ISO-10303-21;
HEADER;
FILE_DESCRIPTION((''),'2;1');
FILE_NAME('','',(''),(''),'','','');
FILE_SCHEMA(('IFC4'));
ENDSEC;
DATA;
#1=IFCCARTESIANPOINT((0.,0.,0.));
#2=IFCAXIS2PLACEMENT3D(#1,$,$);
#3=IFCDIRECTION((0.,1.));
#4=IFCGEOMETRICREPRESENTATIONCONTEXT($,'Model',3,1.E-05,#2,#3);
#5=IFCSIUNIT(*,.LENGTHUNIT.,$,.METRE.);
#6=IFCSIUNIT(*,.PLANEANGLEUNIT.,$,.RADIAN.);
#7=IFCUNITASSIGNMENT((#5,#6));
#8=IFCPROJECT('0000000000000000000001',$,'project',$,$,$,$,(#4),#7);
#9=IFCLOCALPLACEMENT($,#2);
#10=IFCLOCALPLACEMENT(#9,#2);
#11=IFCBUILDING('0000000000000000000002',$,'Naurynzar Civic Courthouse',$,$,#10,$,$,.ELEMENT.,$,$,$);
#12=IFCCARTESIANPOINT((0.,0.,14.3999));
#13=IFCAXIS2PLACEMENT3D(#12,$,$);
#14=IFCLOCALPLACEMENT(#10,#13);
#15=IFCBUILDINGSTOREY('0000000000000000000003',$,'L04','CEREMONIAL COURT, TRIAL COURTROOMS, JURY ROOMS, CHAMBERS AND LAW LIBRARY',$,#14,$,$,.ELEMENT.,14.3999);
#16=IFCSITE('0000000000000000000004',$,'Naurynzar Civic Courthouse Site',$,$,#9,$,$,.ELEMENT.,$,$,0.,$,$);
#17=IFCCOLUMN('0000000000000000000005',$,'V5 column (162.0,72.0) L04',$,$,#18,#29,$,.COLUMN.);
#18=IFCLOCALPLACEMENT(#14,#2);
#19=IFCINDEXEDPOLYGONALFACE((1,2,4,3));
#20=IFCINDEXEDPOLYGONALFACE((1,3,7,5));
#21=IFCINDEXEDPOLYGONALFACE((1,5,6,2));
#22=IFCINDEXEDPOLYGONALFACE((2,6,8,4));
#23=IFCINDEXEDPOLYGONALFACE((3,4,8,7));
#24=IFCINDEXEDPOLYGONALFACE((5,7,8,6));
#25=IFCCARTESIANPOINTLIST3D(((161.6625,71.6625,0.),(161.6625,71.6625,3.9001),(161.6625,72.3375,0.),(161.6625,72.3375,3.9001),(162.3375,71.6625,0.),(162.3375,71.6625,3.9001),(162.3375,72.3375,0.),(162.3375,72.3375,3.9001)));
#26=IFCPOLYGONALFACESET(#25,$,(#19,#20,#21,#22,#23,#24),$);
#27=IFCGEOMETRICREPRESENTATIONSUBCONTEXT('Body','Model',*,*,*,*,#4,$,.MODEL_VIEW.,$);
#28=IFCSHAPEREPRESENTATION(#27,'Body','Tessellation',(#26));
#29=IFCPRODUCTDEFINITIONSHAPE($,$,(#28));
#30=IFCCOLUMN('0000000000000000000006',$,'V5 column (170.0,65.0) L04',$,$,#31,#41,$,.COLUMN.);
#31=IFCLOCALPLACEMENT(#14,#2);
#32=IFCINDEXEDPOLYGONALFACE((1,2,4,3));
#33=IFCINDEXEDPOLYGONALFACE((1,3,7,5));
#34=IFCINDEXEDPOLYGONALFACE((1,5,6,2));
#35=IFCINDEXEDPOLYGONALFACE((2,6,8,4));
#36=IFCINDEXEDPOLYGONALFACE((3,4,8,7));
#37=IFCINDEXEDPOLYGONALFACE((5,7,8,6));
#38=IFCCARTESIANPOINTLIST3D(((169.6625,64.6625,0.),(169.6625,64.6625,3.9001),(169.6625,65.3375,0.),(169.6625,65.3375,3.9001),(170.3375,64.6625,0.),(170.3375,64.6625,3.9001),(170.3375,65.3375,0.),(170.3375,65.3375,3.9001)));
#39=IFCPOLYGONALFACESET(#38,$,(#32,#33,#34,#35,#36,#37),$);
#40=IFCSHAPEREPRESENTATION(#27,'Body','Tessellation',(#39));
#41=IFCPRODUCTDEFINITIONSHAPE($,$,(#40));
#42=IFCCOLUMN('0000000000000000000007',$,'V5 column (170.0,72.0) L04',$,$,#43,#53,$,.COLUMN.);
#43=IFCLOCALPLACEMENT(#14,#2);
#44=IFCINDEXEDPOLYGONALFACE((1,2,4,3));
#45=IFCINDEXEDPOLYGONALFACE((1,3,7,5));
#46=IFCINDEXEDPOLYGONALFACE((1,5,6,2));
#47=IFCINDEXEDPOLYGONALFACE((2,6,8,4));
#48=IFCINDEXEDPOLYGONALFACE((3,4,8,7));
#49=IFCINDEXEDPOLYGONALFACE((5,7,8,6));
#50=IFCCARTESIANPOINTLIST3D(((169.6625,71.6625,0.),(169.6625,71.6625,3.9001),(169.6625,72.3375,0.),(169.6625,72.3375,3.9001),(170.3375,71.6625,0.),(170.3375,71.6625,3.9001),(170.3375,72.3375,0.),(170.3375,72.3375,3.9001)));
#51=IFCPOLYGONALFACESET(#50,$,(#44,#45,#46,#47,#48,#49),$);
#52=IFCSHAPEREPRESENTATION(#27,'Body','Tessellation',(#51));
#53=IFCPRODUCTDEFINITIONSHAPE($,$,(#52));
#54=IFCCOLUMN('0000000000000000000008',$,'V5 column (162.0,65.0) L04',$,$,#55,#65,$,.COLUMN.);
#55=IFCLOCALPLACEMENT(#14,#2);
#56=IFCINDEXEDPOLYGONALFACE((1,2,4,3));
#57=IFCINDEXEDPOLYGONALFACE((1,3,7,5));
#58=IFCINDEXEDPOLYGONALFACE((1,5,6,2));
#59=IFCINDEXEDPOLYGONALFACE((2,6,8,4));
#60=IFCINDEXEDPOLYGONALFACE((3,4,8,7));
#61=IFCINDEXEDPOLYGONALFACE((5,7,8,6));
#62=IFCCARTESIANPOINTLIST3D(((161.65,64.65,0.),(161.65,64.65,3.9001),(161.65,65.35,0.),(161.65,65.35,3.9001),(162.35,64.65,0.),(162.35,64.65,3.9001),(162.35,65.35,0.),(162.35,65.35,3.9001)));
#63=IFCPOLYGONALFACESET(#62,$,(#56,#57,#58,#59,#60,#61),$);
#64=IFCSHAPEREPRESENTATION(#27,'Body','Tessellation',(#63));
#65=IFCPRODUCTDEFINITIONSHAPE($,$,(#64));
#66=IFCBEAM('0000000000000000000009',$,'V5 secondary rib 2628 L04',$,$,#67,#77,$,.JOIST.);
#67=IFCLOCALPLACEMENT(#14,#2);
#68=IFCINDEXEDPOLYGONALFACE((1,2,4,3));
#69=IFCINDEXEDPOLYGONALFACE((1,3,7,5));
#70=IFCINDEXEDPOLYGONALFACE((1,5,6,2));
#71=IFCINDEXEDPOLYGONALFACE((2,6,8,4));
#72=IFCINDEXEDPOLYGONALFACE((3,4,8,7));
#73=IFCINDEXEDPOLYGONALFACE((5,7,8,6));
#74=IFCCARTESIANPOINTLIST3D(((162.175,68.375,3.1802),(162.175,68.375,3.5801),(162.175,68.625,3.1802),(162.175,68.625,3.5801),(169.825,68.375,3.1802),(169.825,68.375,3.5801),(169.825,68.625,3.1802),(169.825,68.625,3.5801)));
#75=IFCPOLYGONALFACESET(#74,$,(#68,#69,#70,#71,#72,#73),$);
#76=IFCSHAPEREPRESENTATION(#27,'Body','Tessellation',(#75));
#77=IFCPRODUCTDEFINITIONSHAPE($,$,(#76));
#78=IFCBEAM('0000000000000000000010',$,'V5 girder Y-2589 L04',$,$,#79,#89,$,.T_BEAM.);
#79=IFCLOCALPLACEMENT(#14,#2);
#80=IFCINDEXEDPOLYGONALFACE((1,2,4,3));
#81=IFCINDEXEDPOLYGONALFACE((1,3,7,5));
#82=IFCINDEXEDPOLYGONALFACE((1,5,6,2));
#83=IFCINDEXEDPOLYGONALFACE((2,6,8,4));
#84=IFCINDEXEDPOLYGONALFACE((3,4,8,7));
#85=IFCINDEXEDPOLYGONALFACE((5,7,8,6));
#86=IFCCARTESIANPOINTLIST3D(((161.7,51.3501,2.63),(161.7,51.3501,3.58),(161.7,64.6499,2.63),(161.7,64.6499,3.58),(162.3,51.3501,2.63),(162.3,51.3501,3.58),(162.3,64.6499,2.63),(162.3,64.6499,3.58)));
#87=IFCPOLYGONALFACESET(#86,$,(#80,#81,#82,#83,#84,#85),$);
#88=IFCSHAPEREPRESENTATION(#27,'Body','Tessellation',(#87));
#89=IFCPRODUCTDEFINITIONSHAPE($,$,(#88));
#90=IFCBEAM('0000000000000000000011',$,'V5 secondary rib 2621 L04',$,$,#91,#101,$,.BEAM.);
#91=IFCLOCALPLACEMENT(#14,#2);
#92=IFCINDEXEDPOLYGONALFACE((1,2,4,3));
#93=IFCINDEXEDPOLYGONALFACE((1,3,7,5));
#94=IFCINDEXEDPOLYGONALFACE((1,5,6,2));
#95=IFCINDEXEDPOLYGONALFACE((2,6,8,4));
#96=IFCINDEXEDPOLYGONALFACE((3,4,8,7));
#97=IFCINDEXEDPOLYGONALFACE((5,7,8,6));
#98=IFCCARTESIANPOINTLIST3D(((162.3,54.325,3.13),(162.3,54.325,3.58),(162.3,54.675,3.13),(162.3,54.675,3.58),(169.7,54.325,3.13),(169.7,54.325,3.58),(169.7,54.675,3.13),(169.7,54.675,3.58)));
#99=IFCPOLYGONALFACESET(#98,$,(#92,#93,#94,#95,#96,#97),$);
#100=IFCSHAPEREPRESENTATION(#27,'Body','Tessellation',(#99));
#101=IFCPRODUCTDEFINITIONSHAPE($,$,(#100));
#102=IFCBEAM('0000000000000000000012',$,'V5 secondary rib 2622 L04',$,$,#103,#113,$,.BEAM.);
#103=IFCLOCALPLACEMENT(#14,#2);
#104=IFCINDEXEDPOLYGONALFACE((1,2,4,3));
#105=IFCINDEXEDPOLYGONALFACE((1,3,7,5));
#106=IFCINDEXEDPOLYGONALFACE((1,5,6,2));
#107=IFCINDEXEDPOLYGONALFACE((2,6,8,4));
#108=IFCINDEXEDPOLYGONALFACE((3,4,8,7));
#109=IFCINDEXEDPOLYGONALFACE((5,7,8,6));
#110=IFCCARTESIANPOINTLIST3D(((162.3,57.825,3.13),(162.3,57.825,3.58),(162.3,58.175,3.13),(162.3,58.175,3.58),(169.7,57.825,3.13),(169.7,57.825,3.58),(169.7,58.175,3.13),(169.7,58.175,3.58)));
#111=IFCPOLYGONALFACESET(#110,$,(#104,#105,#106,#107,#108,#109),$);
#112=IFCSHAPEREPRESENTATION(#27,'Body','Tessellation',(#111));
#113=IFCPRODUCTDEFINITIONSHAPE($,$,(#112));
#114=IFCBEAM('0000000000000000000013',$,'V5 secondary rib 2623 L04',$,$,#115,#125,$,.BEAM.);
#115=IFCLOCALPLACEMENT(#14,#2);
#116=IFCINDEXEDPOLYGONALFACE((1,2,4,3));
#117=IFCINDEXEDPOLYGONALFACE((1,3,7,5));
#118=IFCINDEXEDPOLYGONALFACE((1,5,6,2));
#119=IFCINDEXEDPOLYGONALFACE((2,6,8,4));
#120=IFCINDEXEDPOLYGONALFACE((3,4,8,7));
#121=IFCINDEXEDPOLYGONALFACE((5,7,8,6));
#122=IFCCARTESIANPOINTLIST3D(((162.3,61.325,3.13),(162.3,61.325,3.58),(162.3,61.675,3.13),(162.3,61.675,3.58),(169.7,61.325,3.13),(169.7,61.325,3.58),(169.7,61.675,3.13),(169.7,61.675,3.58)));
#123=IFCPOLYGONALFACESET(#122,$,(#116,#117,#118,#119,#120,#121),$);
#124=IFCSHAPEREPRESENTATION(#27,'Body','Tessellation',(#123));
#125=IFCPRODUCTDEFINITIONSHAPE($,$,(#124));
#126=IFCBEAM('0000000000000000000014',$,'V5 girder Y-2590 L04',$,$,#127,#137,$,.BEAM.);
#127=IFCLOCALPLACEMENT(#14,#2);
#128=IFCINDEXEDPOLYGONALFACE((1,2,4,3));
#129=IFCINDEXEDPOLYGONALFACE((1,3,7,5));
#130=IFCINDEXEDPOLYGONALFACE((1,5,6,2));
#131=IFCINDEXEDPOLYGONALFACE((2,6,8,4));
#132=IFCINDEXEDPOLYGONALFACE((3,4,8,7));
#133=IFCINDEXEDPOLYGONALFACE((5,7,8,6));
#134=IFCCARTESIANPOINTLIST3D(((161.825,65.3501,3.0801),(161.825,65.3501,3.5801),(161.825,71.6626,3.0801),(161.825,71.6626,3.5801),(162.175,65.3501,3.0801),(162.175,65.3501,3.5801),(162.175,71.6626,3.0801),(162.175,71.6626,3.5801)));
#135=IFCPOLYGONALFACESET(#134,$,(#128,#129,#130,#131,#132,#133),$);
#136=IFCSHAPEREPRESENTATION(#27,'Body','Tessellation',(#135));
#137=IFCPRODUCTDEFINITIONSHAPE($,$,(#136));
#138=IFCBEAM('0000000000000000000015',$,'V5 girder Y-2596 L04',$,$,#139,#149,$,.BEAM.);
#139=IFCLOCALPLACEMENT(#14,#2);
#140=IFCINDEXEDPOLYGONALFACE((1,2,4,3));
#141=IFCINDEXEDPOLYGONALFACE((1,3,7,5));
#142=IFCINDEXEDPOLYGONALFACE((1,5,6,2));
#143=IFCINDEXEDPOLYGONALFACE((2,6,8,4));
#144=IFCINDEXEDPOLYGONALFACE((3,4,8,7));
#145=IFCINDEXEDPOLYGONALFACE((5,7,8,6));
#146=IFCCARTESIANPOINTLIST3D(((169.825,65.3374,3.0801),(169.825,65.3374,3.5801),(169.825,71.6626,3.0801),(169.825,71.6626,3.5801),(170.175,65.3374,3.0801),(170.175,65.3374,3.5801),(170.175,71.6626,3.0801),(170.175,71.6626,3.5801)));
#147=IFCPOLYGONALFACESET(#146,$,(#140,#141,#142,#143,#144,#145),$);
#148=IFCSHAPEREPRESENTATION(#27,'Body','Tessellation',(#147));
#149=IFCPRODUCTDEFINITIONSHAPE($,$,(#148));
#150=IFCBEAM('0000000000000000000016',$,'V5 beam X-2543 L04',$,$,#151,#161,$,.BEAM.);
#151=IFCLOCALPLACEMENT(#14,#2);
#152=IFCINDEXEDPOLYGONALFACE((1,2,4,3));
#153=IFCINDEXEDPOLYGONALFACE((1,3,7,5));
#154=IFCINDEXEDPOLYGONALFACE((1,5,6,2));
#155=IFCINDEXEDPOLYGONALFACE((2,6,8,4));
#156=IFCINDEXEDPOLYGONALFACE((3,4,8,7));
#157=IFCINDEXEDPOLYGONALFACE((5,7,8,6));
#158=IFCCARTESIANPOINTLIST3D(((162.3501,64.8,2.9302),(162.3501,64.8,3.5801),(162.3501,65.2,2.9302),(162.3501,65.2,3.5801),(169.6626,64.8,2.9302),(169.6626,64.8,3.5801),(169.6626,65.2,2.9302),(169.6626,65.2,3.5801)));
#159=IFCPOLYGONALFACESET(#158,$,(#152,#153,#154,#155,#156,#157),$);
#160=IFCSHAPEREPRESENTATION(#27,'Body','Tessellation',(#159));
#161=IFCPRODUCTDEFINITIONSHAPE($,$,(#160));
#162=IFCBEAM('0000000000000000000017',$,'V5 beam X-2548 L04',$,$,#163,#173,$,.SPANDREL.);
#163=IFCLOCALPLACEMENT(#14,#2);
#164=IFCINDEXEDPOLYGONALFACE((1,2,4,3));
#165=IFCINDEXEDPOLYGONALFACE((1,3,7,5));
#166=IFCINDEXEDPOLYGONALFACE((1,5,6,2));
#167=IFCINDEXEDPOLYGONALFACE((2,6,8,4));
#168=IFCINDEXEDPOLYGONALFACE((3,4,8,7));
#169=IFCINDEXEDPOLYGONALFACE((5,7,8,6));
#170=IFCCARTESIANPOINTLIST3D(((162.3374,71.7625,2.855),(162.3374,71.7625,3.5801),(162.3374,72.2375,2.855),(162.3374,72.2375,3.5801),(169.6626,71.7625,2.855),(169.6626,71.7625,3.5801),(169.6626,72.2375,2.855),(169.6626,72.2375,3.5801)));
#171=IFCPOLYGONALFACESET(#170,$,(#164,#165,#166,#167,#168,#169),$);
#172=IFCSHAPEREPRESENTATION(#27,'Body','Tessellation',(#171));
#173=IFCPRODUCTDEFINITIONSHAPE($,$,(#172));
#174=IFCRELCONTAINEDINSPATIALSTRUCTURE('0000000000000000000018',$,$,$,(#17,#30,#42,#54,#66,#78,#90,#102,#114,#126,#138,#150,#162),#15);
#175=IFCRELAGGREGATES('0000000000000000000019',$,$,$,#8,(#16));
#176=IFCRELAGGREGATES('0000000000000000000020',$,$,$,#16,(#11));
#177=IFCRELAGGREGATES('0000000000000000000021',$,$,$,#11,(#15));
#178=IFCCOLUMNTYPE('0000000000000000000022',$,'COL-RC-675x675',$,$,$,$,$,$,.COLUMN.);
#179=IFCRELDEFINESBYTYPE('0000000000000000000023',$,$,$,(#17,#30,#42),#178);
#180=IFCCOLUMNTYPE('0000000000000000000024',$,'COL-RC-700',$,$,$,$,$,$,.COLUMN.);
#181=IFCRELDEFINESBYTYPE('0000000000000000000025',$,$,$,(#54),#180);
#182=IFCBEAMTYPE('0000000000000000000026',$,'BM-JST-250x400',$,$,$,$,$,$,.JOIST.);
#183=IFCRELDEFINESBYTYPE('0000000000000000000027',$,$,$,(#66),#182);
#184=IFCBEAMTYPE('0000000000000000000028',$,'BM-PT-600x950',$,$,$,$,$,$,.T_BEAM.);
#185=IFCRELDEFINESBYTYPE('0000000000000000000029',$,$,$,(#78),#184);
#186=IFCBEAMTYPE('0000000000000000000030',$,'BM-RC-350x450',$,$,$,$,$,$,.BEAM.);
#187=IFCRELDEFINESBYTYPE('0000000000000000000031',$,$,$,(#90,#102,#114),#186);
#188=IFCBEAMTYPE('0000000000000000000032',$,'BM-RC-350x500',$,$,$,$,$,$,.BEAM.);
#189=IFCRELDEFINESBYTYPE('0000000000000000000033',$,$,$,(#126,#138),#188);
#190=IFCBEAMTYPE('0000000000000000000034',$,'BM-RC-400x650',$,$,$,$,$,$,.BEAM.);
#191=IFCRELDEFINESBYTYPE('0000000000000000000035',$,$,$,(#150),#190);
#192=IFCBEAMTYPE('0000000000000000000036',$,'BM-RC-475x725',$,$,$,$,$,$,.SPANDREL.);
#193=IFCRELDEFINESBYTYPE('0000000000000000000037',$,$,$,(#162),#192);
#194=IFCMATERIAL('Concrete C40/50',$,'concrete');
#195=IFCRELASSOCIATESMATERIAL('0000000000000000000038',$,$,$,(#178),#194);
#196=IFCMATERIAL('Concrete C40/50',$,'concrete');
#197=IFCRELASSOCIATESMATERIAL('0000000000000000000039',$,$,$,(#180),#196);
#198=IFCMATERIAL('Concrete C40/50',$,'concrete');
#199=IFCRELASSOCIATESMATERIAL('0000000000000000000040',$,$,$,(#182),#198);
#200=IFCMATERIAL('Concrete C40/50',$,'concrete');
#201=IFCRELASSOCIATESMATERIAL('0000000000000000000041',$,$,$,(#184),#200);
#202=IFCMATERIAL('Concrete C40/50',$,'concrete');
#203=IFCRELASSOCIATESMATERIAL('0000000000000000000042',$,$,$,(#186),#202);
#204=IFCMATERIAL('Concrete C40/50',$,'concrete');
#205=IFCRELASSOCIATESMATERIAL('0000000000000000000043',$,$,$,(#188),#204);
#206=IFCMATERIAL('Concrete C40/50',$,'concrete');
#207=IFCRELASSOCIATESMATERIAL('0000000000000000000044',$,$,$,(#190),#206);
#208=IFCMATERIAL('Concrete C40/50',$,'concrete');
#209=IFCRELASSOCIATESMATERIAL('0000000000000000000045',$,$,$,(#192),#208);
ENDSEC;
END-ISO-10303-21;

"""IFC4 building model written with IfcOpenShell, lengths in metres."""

from ifc_helpers import new_model, si_unit, direction, frame, origin, origin_2d, place, context, subcontext, project, spatial, rectangle, extrude, material, material_profile, profile_set, type_object, element, save


model = new_model("IFC4")

# Units and contexts
model_context = context("Model", 3, precision=1e-05, world=origin(), true_north=direction((0.0, 1.0)))
body_context = subcontext(model_context, "Body", "Model", "MODEL_VIEW")
ifc_project = project(units=[si_unit("LENGTHUNIT", "METRE"), si_unit("PLANEANGLEUNIT", "RADIAN")], contexts=[model_context])

# Site, building, storey
site_placement = place(None, origin())
site = spatial("IfcSite", under=ifc_project, at=site_placement, Name="Naurynzar Civic Courthouse Site", CompositionType="ELEMENT", RefElevation=0.0)
building_placement = place(site_placement, origin())
building = spatial("IfcBuilding", under=site, at=building_placement, Name="Naurynzar Civic Courthouse", CompositionType="ELEMENT")
storey_placement = place(building_placement, frame((0.0, 0.0, 14.3999)))
storey = spatial("IfcBuildingStorey", under=building, at=storey_placement, Name="L04", Description="CEREMONIAL COURT, TRIAL COURTROOMS, JURY ROOMS, CHAMBERS AND LAW LIBRARY", CompositionType="ELEMENT", Elevation=14.3999)

# Columns
ifc_material_1 = material(Name="Concrete C40/50", Category="concrete")
ifc_material_profile_1 = material_profile(ifc_material_1, rectangle(XDim=0.675, YDim=0.675, at=origin_2d()), Name="RC 675x675")
ifc_profile_set_1 = profile_set([ifc_material_profile_1], Name="Concrete C40/50")
column_type_1 = type_object("IfcColumnType", Name="COL-RC-675x675", PredefinedType="COLUMN", material=ifc_profile_set_1)
for number, where, z_axis, x_axis, name in (
    (1, (162.0, 72.0, 0.0), (0.0, 0.0, 1.0), (1.0, 0.0, 0.0), "V5 column (162.0,72.0) L04"),
    (2, (170.0, 65.0, 0.0), (0.0, 0.0, 1.0), (1.0, 0.0, 0.0), "V5 column (170.0,65.0) L04"),
    (3, (170.0, 72.0, 0.0), (0.0, 0.0, 1.0), (1.0, 0.0, 0.0), "V5 column (170.0,72.0) L04"),
):
    element("IfcColumn", number, at=place(storey_placement, frame(where, z_axis=z_axis, x_axis=x_axis)), inside=storey, type_object=column_type_1, Name=name, PredefinedType="COLUMN", context=body_context, shape_type="SweptSolid", body=[
        extrude(rectangle(XDim=0.675, YDim=0.675, at=origin_2d()), origin(), (0.0, 0.0, 1.0), 3.9001),
    ])
ifc_material_2 = material(Name="Concrete C40/50", Category="concrete")
ifc_material_profile_2 = material_profile(ifc_material_2, rectangle(XDim=0.7, YDim=0.7, at=origin_2d()), Name="RC 700x700")
ifc_profile_set_2 = profile_set([ifc_material_profile_2], Name="Concrete C40/50")
column_type_2 = type_object("IfcColumnType", Name="COL-RC-700", PredefinedType="COLUMN", material=ifc_profile_set_2)
column_placement = place(storey_placement, frame((162.0, 65.0, 0.0), z_axis=(0.0, 0.0, 1.0), x_axis=(1.0, 0.0, 0.0)))
element("IfcColumn", 4, at=column_placement, inside=storey, type_object=column_type_2, Name="V5 column (162.0,65.0) L04", PredefinedType="COLUMN", context=body_context, shape_type="SweptSolid", body=[
    extrude(rectangle(XDim=0.7, YDim=0.7, at=origin_2d()), origin(), (0.0, 0.0, 1.0), 3.9001),
])

# Beams
ifc_material_3 = material(Name="Concrete C40/50", Category="concrete")
ifc_material_profile_3 = material_profile(ifc_material_3, rectangle(XDim=0.25, YDim=0.3999, at=origin_2d()), Name="RCB 250x400")
ifc_profile_set_3 = profile_set([ifc_material_profile_3], Name="Concrete C40/50")
beam_type_1 = type_object("IfcBeamType", Name="BM-JST-250x400", PredefinedType="JOIST", material=ifc_profile_set_3)
beam_1_placement = place(storey_placement, frame((162.175, 68.5, 3.3801), z_axis=(1.0, 0.0, 0.0), x_axis=(0.0, 1.0, 0.0)))
element("IfcBeam", 5, at=beam_1_placement, inside=storey, type_object=beam_type_1, Name="V5 secondary rib 2628 L04", PredefinedType="JOIST", context=body_context, shape_type="SweptSolid", body=[
    extrude(rectangle(XDim=0.25, YDim=0.3999, at=origin_2d()), origin(), (0.0, 0.0, 1.0), 7.6499),
])
ifc_material_4 = material(Name="Concrete C40/50", Category="concrete")
ifc_material_profile_4 = material_profile(ifc_material_4, rectangle(XDim=0.6001, YDim=0.95, at=origin_2d()), Name="PTB 600x950")
ifc_profile_set_4 = profile_set([ifc_material_profile_4], Name="Concrete C40/50")
beam_type_2 = type_object("IfcBeamType", Name="BM-PT-600x950", PredefinedType="T_BEAM", material=ifc_profile_set_4)
beam_2_placement = place(storey_placement, frame((162.0, 51.3501, 3.105), z_axis=(0.0, 1.0, 0.0), x_axis=(-1.0, 0.0, 0.0)))
element("IfcBeam", 6, at=beam_2_placement, inside=storey, type_object=beam_type_2, Name="V5 girder Y-2589 L04", PredefinedType="T_BEAM", context=body_context, shape_type="SweptSolid", body=[
    extrude(rectangle(XDim=0.6001, YDim=0.95, at=origin_2d()), origin(), (0.0, 0.0, 1.0), 13.2998),
])
ifc_material_5 = material(Name="Concrete C40/50", Category="concrete")
ifc_material_profile_5 = material_profile(ifc_material_5, rectangle(XDim=0.3501, YDim=0.45, at=origin_2d()), Name="RCB 350x450")
ifc_profile_set_5 = profile_set([ifc_material_profile_5], Name="Concrete C40/50")
beam_type_3 = type_object("IfcBeamType", Name="BM-RC-350x450", PredefinedType="BEAM", material=ifc_profile_set_5)
for number, where, z_axis, x_axis, name in (
    (7, (162.3, 54.5, 3.355), (1.0, 0.0, 0.0), (0.0, 1.0, 0.0), "V5 secondary rib 2621 L04"),
    (8, (162.3, 58.0, 3.355), (1.0, 0.0, 0.0), (0.0, 1.0, 0.0), "V5 secondary rib 2622 L04"),
    (9, (162.3, 61.5, 3.355), (1.0, 0.0, 0.0), (0.0, 1.0, 0.0), "V5 secondary rib 2623 L04"),
):
    element("IfcBeam", number, at=place(storey_placement, frame(where, z_axis=z_axis, x_axis=x_axis)), inside=storey, type_object=beam_type_3, Name=name, PredefinedType="BEAM", context=body_context, shape_type="SweptSolid", body=[
        extrude(rectangle(XDim=0.3501, YDim=0.45, at=origin_2d()), origin(), (0.0, 0.0, 1.0), 7.3999),
    ])
ifc_material_6 = material(Name="Concrete C40/50", Category="concrete")
ifc_material_profile_6 = material_profile(ifc_material_6, rectangle(XDim=0.3501, YDim=0.5, at=origin_2d()), Name="RCB 350x500")
ifc_profile_set_6 = profile_set([ifc_material_profile_6], Name="Concrete C40/50")
beam_type_4 = type_object("IfcBeamType", Name="BM-RC-350x500", PredefinedType="BEAM", material=ifc_profile_set_6)
beam_3_placement = place(storey_placement, frame((162.0, 65.3501, 3.3301), z_axis=(0.0, 1.0, 0.0), x_axis=(-1.0, 0.0, 0.0)))
element("IfcBeam", 10, at=beam_3_placement, inside=storey, type_object=beam_type_4, Name="V5 girder Y-2590 L04", PredefinedType="BEAM", context=body_context, shape_type="SweptSolid", body=[
    extrude(rectangle(XDim=0.3501, YDim=0.5, at=origin_2d()), origin(), (0.0, 0.0, 1.0), 6.3125),
])
beam_4_placement = place(storey_placement, frame((170.0, 65.3374, 3.3301), z_axis=(0.0, 1.0, 0.0), x_axis=(-1.0, 0.0, 0.0)))
element("IfcBeam", 11, at=beam_4_placement, inside=storey, type_object=beam_type_4, Name="V5 girder Y-2596 L04", PredefinedType="BEAM", context=body_context, shape_type="SweptSolid", body=[
    extrude(rectangle(XDim=0.3501, YDim=0.5, at=origin_2d()), origin(), (0.0, 0.0, 1.0), 6.3252),
])
ifc_material_7 = material(Name="Concrete C40/50", Category="concrete")
ifc_material_profile_7 = material_profile(ifc_material_7, rectangle(XDim=0.3999, YDim=0.6499, at=origin_2d()), Name="RCB 400x650")
ifc_profile_set_7 = profile_set([ifc_material_profile_7], Name="Concrete C40/50")
beam_type_5 = type_object("IfcBeamType", Name="BM-RC-400x650", PredefinedType="BEAM", material=ifc_profile_set_7)
beam_5_placement = place(storey_placement, frame((162.3501, 65.0, 3.2551), z_axis=(1.0, 0.0, 0.0), x_axis=(0.0, 1.0, 0.0)))
element("IfcBeam", 12, at=beam_5_placement, inside=storey, type_object=beam_type_5, Name="V5 beam X-2543 L04", PredefinedType="BEAM", context=body_context, shape_type="SweptSolid", body=[
    extrude(rectangle(XDim=0.3999, YDim=0.6499, at=origin_2d()), origin(), (0.0, 0.0, 1.0), 7.3125),
])
ifc_material_8 = material(Name="Concrete C40/50", Category="concrete")
ifc_material_profile_8 = material_profile(ifc_material_8, rectangle(XDim=0.4751, YDim=0.7251, at=origin_2d()), Name="RCB 475x725")
ifc_profile_set_8 = profile_set([ifc_material_profile_8], Name="Concrete C40/50")
beam_type_6 = type_object("IfcBeamType", Name="BM-RC-475x725", PredefinedType="SPANDREL", material=ifc_profile_set_8)
beam_6_placement = place(storey_placement, frame((162.3374, 72.0, 3.2175), z_axis=(1.0, 0.0, 0.0), x_axis=(0.0, 1.0, 0.0)))
element("IfcBeam", 13, at=beam_6_placement, inside=storey, type_object=beam_type_6, Name="V5 beam X-2548 L04", PredefinedType="SPANDREL", context=body_context, shape_type="SweptSolid", body=[
    extrude(rectangle(XDim=0.4751, YDim=0.7251, at=origin_2d()), origin(), (0.0, 0.0, 1.0), 7.3252),
])

save(model, "model.ifc")
